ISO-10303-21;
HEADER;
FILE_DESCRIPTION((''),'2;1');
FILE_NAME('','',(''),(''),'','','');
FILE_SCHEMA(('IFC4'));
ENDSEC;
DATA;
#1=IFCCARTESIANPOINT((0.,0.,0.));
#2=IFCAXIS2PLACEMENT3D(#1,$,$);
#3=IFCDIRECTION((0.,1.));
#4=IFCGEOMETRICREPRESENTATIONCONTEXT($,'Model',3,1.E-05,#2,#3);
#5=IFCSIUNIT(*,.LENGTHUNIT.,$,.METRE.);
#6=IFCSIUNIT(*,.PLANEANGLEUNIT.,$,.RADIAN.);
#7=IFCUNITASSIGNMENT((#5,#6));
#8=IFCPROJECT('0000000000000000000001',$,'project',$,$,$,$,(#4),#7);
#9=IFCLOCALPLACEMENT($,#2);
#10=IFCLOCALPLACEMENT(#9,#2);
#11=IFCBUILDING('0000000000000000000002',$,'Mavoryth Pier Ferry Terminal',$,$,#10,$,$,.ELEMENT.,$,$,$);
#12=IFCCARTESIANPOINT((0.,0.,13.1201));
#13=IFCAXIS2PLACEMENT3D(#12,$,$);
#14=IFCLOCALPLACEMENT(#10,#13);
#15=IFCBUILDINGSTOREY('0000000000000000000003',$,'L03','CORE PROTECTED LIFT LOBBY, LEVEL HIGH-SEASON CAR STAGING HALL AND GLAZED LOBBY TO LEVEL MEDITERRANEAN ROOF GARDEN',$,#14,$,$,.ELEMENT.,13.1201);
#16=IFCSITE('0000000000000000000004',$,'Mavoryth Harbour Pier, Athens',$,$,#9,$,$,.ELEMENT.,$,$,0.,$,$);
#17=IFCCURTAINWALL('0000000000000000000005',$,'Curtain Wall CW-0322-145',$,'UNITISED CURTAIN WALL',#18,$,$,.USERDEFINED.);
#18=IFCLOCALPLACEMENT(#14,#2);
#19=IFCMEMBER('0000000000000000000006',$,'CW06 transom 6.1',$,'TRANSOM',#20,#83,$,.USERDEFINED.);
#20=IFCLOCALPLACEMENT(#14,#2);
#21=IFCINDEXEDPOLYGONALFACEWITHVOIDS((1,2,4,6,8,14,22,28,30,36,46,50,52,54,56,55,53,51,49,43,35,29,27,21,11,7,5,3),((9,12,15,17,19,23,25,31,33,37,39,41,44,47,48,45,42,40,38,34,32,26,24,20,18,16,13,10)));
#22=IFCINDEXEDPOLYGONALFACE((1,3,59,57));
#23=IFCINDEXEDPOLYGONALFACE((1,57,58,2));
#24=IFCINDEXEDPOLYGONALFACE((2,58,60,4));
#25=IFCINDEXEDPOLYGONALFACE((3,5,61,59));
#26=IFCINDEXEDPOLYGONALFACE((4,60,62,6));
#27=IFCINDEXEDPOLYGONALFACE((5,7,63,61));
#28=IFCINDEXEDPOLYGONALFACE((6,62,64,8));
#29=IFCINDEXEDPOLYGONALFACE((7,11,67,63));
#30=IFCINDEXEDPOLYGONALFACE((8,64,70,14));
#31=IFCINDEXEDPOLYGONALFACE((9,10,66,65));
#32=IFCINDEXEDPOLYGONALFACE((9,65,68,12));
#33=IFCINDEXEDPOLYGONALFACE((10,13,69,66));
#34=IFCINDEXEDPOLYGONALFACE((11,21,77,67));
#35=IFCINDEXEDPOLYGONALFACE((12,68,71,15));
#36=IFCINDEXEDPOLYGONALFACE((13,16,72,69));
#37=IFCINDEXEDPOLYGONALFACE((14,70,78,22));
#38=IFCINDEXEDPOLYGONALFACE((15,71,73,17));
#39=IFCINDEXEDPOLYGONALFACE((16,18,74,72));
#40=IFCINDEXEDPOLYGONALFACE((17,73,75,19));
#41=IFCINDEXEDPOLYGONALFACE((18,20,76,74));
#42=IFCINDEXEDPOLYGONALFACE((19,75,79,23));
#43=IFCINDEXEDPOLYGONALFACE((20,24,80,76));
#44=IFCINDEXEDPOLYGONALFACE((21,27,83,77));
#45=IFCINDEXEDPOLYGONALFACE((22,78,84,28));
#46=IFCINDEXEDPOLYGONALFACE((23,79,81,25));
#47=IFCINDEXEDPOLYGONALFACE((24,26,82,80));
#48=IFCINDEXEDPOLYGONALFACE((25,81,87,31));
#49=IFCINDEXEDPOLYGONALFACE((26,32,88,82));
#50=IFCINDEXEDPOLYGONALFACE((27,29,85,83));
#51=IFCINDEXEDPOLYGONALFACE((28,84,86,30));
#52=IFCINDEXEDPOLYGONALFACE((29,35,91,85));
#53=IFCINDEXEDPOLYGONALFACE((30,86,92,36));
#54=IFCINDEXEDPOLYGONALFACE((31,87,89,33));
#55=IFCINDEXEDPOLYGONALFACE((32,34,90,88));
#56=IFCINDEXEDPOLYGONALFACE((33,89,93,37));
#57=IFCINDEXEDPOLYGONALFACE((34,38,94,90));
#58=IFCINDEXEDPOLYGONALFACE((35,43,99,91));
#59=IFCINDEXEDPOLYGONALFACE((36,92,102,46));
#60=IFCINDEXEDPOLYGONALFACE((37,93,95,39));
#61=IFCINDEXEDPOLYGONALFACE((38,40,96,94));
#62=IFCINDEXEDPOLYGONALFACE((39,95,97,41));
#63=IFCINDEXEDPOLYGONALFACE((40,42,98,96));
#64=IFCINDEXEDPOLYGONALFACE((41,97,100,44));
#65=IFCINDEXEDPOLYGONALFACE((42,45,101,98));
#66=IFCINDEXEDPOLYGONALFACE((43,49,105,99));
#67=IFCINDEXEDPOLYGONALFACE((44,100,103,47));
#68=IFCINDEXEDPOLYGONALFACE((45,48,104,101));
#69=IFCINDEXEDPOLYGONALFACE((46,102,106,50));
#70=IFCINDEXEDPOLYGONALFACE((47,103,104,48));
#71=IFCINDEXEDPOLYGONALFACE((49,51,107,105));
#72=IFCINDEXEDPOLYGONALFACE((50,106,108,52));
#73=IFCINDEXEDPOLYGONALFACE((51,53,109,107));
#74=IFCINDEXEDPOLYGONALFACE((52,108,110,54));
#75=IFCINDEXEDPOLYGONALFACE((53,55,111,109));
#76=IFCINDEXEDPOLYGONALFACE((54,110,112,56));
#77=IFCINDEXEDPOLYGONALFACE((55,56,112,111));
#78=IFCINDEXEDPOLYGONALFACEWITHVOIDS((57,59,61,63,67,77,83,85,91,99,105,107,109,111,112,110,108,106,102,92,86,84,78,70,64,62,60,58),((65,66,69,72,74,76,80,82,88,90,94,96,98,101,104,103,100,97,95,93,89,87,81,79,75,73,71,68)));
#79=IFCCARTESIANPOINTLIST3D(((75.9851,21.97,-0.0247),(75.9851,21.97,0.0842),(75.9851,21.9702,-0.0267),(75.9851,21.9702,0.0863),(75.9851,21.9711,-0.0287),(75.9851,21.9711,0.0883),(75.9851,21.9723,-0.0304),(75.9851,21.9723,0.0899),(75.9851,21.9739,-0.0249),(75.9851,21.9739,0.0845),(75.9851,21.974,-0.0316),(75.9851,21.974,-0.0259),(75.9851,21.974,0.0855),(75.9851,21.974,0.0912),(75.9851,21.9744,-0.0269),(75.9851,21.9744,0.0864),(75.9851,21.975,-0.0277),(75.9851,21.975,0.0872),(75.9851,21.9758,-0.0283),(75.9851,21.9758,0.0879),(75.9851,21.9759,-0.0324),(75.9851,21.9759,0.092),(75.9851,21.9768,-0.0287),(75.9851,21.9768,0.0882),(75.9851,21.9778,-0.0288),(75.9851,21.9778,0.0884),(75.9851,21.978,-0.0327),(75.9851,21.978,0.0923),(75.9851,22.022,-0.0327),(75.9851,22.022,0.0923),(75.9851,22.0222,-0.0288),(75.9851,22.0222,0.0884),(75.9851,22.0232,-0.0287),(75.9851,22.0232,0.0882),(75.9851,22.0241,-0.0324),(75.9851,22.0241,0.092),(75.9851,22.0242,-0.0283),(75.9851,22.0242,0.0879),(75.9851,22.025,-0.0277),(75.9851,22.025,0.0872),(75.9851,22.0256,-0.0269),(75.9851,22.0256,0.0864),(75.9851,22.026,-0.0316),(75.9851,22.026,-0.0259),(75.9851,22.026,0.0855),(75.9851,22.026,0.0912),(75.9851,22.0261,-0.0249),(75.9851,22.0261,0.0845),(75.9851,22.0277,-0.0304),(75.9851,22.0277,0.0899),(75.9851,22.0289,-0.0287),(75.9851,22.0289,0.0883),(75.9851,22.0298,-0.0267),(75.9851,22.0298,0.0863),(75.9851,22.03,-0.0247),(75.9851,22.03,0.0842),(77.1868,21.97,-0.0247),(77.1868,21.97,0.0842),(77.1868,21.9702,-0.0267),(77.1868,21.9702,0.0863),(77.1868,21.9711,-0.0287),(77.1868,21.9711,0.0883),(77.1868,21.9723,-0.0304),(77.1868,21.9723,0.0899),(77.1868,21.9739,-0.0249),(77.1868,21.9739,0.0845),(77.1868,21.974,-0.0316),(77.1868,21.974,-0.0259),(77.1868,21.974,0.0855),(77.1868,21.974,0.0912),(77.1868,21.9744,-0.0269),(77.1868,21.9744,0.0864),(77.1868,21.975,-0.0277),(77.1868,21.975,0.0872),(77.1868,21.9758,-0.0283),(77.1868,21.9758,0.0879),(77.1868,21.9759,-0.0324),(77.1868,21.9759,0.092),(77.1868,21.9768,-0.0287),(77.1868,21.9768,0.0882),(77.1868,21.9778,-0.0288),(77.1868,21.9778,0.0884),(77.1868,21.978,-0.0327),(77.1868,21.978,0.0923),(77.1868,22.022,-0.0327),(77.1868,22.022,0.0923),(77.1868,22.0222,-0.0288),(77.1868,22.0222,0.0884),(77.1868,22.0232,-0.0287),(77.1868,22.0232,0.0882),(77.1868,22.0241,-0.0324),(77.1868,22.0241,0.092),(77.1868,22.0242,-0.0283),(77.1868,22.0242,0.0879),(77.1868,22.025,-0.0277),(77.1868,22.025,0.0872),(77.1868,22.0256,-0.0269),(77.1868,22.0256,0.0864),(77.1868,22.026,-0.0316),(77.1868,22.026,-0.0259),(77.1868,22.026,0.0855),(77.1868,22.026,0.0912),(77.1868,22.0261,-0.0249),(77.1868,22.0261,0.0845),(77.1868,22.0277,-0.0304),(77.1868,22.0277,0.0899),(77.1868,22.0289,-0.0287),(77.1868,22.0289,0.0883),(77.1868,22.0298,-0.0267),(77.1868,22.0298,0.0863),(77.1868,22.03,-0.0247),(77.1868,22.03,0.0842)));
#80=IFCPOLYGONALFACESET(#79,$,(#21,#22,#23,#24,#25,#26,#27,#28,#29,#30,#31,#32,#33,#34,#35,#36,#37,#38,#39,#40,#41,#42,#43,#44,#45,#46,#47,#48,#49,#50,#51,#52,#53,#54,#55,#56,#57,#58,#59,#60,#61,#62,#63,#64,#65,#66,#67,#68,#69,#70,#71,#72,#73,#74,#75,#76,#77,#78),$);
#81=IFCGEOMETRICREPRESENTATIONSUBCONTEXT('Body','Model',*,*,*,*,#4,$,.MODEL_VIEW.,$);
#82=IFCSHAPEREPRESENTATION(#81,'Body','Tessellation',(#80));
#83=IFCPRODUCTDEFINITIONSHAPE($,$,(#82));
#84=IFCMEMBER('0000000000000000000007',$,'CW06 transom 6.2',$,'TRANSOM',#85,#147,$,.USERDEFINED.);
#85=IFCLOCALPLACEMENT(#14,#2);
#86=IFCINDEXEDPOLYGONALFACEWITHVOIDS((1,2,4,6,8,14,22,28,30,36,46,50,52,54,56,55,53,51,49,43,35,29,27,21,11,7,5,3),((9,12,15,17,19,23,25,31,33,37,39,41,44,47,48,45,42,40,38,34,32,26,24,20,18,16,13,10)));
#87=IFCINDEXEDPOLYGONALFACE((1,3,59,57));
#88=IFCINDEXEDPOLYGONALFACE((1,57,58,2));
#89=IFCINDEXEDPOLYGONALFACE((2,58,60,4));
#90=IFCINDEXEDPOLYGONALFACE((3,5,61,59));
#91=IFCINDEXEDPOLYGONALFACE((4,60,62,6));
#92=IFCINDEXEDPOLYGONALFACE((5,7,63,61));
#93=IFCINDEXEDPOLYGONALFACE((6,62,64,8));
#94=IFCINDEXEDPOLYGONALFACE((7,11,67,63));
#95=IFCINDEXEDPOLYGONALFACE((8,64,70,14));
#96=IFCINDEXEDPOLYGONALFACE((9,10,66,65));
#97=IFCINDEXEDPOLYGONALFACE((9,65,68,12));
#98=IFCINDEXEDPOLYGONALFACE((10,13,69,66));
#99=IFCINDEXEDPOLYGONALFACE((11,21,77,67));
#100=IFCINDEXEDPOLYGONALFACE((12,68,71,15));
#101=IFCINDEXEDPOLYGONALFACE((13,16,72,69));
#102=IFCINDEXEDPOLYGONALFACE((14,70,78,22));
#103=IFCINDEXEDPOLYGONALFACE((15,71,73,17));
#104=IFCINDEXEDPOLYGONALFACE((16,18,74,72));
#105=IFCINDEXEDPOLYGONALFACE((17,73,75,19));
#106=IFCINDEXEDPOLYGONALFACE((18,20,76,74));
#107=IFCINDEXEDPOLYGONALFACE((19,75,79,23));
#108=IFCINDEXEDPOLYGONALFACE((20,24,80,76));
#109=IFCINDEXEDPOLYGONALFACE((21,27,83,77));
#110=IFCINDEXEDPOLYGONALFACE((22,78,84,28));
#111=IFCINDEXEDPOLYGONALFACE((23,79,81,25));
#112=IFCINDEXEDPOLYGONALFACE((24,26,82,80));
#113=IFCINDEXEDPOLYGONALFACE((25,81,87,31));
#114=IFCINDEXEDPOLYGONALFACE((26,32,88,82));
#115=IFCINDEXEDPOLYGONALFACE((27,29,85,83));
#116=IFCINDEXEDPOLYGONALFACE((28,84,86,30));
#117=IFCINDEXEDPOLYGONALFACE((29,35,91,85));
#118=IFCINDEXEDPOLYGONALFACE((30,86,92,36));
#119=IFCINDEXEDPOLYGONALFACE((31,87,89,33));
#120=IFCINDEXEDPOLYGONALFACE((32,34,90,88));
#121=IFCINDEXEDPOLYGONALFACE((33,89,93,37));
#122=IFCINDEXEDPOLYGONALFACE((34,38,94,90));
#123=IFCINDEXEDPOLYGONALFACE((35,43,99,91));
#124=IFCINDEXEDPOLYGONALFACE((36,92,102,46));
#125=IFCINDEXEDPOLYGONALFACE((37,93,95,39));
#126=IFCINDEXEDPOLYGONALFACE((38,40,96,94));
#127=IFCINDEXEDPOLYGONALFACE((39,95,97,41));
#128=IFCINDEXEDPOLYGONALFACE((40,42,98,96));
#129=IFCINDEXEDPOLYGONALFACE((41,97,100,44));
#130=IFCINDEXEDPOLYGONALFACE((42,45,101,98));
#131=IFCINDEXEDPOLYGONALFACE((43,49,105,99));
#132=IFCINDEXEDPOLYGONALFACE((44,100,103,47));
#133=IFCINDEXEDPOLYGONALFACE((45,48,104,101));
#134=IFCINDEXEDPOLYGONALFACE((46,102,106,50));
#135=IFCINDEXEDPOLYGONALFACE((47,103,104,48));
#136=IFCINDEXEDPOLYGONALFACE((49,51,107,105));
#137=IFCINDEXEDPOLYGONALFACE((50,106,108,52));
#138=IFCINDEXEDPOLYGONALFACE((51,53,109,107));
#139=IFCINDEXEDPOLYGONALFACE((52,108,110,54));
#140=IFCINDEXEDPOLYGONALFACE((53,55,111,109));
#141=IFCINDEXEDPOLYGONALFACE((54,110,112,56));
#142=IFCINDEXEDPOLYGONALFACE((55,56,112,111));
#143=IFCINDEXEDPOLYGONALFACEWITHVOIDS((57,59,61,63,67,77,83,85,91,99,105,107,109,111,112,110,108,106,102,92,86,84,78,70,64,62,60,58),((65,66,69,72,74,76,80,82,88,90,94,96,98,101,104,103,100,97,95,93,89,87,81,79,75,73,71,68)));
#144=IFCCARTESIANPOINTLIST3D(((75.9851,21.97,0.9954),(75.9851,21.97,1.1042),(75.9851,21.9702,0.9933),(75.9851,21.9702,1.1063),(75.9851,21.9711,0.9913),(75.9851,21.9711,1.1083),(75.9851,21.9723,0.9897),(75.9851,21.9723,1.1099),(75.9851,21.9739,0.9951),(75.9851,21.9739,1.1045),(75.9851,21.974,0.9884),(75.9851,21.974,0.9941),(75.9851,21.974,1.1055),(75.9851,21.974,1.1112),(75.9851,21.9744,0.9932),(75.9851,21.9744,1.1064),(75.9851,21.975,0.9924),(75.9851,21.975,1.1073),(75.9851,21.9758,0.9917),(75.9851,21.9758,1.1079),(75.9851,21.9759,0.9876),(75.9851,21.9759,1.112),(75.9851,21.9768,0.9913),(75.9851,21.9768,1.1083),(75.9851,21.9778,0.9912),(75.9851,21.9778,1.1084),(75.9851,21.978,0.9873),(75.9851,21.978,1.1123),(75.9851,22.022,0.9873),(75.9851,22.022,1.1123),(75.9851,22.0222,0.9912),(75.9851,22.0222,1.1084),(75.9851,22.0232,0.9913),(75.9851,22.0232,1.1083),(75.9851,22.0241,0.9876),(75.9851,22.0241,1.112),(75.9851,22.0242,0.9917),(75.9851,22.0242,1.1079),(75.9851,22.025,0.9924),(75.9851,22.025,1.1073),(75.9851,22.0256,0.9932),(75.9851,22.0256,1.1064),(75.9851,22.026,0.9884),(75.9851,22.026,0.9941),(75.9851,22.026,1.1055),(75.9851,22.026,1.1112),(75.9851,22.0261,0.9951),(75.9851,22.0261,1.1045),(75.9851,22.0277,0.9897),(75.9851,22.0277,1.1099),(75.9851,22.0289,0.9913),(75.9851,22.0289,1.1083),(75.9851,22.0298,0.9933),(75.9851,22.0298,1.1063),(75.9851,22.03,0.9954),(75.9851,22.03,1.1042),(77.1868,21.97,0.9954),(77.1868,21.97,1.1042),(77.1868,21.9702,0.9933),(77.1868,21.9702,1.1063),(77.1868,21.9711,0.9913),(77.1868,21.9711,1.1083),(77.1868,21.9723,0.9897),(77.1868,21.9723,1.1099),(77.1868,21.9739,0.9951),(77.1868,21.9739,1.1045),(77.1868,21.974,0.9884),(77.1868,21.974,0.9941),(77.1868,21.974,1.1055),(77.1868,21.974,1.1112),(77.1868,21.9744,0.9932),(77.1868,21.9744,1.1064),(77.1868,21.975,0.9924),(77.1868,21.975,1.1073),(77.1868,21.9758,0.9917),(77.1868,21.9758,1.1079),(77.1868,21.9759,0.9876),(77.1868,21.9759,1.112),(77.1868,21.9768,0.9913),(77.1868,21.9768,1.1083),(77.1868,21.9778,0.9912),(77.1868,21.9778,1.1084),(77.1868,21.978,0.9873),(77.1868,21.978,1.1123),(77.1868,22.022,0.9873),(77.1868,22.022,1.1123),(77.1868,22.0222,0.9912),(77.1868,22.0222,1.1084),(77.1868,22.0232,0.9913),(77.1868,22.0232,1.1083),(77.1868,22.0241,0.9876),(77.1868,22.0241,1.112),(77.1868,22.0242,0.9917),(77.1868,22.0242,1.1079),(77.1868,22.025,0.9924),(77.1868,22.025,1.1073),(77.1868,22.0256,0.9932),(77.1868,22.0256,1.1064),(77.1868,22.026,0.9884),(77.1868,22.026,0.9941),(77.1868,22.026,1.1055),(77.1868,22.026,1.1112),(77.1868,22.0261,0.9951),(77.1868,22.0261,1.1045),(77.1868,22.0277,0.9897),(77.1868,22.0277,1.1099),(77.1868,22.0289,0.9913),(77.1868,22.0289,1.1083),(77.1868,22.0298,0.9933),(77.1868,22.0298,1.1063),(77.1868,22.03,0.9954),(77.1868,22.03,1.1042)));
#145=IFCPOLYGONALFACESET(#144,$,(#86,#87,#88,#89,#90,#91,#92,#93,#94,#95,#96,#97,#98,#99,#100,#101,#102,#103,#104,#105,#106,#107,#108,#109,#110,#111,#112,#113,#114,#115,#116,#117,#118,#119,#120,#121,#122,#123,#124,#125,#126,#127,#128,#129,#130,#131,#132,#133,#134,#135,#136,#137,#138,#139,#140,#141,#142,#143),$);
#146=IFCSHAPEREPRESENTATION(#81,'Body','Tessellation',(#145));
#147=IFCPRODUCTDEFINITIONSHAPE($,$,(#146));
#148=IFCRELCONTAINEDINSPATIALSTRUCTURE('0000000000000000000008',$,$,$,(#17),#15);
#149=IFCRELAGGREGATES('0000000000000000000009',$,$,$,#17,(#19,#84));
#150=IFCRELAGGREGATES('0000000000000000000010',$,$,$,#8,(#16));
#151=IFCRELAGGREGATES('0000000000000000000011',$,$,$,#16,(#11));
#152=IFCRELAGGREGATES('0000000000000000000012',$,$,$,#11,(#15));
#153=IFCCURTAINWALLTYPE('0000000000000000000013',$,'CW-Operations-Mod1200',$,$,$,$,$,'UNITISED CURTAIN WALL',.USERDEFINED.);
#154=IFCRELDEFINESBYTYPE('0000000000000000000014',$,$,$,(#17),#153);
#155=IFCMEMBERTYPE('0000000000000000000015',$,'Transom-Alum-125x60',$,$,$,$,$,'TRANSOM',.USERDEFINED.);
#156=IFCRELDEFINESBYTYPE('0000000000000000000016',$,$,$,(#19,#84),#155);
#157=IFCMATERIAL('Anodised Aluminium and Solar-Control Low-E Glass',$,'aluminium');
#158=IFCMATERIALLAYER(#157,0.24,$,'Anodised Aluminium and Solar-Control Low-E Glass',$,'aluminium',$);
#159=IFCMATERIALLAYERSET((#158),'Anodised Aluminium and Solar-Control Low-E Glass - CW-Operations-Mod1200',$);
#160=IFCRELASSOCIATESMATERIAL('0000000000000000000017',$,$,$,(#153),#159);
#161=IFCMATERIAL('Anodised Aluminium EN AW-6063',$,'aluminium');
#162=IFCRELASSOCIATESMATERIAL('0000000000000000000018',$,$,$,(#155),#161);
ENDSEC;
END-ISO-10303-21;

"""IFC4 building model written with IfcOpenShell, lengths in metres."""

from ifc_helpers import new_model, si_unit, direction, frame, origin, origin_2d, place, context, subcontext, project, spatial, hollow_rectangle, extrude, material, layer, layer_set, material_profile, profile_set, type_object, element, aggregate, save


model = new_model("IFC4")

# Units and contexts
model_context = context("Model", 3, precision=1e-05, world=origin(), true_north=direction((0.0, 1.0)))
body_context = subcontext(model_context, "Body", "Model", "MODEL_VIEW")
ifc_project = project(units=[si_unit("LENGTHUNIT", "METRE"), si_unit("PLANEANGLEUNIT", "RADIAN")], contexts=[model_context])

# Site, building, storey
site_placement = place(None, origin())
site = spatial("IfcSite", under=ifc_project, at=site_placement, Name="Mavoryth Harbour Pier, Athens", CompositionType="ELEMENT", RefElevation=0.0)
building_placement = place(site_placement, origin())
building = spatial("IfcBuilding", under=site, at=building_placement, Name="Mavoryth Pier Ferry Terminal", CompositionType="ELEMENT")
storey_placement = place(building_placement, frame((0.0, 0.0, 13.1201)))
storey = spatial("IfcBuildingStorey", under=building, at=storey_placement, Name="L03", Description="CORE PROTECTED LIFT LOBBY, LEVEL HIGH-SEASON CAR STAGING HALL AND GLAZED LOBBY TO LEVEL MEDITERRANEAN ROOF GARDEN", CompositionType="ELEMENT", Elevation=13.1201)

# Curtain wall
ifc_material_1 = material(Name="Anodised Aluminium and Solar-Control Low-E Glass", Category="aluminium")
ifc_layer_1 = layer(ifc_material_1, 0.24, Name="Anodised Aluminium and Solar-Control Low-E Glass", Category="aluminium")
ifc_layer_set_1 = layer_set([ifc_layer_1], Name="Anodised Aluminium and Solar-Control Low-E Glass - CW-Operations-Mod1200")
curtain_wall_type = type_object("IfcCurtainWallType", Name="CW-Operations-Mod1200", ElementType="UNITISED CURTAIN WALL", PredefinedType="USERDEFINED", material=ifc_layer_set_1)
curtain_wall_placement = place(storey_placement, origin())
curtain_wall = element("IfcCurtainWall", 1, at=curtain_wall_placement, inside=storey, type_object=curtain_wall_type, Name="Curtain Wall CW-0322-145", ObjectType="UNITISED CURTAIN WALL", PredefinedType="USERDEFINED")
ifc_material_2 = material(Name="Anodised Aluminium EN AW-6063", Category="aluminium")

# Members
ifc_material_profile_1 = material_profile(ifc_material_2, hollow_rectangle(XDim=0.0601, YDim=0.125, WallThickness=0.0039, InnerFilletRadius=0.0039, OuterFilletRadius=0.0081, at=origin_2d()), Name="AL-TRAN 125x60x4", Category="aluminium")
ifc_profile_set_1 = profile_set([ifc_material_profile_1], Name="Anodised Aluminium EN AW-6063 - AL-TRAN 125x60x4")
member_type_1 = type_object("IfcMemberType", Name="Transom-Alum-125x60", ElementType="TRANSOM", PredefinedType="USERDEFINED", material=ifc_profile_set_1)
member_1_placement = place(storey_placement, frame((77.1868, 22.0, 0.0298), z_axis=(-1.0, 0.0, 0.0), x_axis=(0.0, -1.0, 0.0)))
member_1 = element("IfcMember", 2, at=member_1_placement, type_object=member_type_1, Name="CW06 transom 6.1", ObjectType="TRANSOM", PredefinedType="USERDEFINED", context=body_context, shape_type="SweptSolid", body=[
    extrude(hollow_rectangle(XDim=0.0601, YDim=0.125, WallThickness=0.0039, InnerFilletRadius=0.0039, OuterFilletRadius=0.0081, at=origin_2d()), origin(), (0.0, 0.0, 1.0), 1.2017),
])
member_2_placement = place(storey_placement, frame((77.1868, 22.0, 1.0498), z_axis=(-1.0, 0.0, 0.0), x_axis=(0.0, -1.0, 0.0)))
member_2 = element("IfcMember", 3, at=member_2_placement, type_object=member_type_1, Name="CW06 transom 6.2", ObjectType="TRANSOM", PredefinedType="USERDEFINED", context=body_context, shape_type="SweptSolid", body=[
    extrude(hollow_rectangle(XDim=0.0601, YDim=0.125, WallThickness=0.0039, InnerFilletRadius=0.0039, OuterFilletRadius=0.0081, at=origin_2d()), origin(), (0.0, 0.0, 1.0), 1.2017),
])

aggregate(curtain_wall, [member_1, member_2])

save(model, "model.ifc")
